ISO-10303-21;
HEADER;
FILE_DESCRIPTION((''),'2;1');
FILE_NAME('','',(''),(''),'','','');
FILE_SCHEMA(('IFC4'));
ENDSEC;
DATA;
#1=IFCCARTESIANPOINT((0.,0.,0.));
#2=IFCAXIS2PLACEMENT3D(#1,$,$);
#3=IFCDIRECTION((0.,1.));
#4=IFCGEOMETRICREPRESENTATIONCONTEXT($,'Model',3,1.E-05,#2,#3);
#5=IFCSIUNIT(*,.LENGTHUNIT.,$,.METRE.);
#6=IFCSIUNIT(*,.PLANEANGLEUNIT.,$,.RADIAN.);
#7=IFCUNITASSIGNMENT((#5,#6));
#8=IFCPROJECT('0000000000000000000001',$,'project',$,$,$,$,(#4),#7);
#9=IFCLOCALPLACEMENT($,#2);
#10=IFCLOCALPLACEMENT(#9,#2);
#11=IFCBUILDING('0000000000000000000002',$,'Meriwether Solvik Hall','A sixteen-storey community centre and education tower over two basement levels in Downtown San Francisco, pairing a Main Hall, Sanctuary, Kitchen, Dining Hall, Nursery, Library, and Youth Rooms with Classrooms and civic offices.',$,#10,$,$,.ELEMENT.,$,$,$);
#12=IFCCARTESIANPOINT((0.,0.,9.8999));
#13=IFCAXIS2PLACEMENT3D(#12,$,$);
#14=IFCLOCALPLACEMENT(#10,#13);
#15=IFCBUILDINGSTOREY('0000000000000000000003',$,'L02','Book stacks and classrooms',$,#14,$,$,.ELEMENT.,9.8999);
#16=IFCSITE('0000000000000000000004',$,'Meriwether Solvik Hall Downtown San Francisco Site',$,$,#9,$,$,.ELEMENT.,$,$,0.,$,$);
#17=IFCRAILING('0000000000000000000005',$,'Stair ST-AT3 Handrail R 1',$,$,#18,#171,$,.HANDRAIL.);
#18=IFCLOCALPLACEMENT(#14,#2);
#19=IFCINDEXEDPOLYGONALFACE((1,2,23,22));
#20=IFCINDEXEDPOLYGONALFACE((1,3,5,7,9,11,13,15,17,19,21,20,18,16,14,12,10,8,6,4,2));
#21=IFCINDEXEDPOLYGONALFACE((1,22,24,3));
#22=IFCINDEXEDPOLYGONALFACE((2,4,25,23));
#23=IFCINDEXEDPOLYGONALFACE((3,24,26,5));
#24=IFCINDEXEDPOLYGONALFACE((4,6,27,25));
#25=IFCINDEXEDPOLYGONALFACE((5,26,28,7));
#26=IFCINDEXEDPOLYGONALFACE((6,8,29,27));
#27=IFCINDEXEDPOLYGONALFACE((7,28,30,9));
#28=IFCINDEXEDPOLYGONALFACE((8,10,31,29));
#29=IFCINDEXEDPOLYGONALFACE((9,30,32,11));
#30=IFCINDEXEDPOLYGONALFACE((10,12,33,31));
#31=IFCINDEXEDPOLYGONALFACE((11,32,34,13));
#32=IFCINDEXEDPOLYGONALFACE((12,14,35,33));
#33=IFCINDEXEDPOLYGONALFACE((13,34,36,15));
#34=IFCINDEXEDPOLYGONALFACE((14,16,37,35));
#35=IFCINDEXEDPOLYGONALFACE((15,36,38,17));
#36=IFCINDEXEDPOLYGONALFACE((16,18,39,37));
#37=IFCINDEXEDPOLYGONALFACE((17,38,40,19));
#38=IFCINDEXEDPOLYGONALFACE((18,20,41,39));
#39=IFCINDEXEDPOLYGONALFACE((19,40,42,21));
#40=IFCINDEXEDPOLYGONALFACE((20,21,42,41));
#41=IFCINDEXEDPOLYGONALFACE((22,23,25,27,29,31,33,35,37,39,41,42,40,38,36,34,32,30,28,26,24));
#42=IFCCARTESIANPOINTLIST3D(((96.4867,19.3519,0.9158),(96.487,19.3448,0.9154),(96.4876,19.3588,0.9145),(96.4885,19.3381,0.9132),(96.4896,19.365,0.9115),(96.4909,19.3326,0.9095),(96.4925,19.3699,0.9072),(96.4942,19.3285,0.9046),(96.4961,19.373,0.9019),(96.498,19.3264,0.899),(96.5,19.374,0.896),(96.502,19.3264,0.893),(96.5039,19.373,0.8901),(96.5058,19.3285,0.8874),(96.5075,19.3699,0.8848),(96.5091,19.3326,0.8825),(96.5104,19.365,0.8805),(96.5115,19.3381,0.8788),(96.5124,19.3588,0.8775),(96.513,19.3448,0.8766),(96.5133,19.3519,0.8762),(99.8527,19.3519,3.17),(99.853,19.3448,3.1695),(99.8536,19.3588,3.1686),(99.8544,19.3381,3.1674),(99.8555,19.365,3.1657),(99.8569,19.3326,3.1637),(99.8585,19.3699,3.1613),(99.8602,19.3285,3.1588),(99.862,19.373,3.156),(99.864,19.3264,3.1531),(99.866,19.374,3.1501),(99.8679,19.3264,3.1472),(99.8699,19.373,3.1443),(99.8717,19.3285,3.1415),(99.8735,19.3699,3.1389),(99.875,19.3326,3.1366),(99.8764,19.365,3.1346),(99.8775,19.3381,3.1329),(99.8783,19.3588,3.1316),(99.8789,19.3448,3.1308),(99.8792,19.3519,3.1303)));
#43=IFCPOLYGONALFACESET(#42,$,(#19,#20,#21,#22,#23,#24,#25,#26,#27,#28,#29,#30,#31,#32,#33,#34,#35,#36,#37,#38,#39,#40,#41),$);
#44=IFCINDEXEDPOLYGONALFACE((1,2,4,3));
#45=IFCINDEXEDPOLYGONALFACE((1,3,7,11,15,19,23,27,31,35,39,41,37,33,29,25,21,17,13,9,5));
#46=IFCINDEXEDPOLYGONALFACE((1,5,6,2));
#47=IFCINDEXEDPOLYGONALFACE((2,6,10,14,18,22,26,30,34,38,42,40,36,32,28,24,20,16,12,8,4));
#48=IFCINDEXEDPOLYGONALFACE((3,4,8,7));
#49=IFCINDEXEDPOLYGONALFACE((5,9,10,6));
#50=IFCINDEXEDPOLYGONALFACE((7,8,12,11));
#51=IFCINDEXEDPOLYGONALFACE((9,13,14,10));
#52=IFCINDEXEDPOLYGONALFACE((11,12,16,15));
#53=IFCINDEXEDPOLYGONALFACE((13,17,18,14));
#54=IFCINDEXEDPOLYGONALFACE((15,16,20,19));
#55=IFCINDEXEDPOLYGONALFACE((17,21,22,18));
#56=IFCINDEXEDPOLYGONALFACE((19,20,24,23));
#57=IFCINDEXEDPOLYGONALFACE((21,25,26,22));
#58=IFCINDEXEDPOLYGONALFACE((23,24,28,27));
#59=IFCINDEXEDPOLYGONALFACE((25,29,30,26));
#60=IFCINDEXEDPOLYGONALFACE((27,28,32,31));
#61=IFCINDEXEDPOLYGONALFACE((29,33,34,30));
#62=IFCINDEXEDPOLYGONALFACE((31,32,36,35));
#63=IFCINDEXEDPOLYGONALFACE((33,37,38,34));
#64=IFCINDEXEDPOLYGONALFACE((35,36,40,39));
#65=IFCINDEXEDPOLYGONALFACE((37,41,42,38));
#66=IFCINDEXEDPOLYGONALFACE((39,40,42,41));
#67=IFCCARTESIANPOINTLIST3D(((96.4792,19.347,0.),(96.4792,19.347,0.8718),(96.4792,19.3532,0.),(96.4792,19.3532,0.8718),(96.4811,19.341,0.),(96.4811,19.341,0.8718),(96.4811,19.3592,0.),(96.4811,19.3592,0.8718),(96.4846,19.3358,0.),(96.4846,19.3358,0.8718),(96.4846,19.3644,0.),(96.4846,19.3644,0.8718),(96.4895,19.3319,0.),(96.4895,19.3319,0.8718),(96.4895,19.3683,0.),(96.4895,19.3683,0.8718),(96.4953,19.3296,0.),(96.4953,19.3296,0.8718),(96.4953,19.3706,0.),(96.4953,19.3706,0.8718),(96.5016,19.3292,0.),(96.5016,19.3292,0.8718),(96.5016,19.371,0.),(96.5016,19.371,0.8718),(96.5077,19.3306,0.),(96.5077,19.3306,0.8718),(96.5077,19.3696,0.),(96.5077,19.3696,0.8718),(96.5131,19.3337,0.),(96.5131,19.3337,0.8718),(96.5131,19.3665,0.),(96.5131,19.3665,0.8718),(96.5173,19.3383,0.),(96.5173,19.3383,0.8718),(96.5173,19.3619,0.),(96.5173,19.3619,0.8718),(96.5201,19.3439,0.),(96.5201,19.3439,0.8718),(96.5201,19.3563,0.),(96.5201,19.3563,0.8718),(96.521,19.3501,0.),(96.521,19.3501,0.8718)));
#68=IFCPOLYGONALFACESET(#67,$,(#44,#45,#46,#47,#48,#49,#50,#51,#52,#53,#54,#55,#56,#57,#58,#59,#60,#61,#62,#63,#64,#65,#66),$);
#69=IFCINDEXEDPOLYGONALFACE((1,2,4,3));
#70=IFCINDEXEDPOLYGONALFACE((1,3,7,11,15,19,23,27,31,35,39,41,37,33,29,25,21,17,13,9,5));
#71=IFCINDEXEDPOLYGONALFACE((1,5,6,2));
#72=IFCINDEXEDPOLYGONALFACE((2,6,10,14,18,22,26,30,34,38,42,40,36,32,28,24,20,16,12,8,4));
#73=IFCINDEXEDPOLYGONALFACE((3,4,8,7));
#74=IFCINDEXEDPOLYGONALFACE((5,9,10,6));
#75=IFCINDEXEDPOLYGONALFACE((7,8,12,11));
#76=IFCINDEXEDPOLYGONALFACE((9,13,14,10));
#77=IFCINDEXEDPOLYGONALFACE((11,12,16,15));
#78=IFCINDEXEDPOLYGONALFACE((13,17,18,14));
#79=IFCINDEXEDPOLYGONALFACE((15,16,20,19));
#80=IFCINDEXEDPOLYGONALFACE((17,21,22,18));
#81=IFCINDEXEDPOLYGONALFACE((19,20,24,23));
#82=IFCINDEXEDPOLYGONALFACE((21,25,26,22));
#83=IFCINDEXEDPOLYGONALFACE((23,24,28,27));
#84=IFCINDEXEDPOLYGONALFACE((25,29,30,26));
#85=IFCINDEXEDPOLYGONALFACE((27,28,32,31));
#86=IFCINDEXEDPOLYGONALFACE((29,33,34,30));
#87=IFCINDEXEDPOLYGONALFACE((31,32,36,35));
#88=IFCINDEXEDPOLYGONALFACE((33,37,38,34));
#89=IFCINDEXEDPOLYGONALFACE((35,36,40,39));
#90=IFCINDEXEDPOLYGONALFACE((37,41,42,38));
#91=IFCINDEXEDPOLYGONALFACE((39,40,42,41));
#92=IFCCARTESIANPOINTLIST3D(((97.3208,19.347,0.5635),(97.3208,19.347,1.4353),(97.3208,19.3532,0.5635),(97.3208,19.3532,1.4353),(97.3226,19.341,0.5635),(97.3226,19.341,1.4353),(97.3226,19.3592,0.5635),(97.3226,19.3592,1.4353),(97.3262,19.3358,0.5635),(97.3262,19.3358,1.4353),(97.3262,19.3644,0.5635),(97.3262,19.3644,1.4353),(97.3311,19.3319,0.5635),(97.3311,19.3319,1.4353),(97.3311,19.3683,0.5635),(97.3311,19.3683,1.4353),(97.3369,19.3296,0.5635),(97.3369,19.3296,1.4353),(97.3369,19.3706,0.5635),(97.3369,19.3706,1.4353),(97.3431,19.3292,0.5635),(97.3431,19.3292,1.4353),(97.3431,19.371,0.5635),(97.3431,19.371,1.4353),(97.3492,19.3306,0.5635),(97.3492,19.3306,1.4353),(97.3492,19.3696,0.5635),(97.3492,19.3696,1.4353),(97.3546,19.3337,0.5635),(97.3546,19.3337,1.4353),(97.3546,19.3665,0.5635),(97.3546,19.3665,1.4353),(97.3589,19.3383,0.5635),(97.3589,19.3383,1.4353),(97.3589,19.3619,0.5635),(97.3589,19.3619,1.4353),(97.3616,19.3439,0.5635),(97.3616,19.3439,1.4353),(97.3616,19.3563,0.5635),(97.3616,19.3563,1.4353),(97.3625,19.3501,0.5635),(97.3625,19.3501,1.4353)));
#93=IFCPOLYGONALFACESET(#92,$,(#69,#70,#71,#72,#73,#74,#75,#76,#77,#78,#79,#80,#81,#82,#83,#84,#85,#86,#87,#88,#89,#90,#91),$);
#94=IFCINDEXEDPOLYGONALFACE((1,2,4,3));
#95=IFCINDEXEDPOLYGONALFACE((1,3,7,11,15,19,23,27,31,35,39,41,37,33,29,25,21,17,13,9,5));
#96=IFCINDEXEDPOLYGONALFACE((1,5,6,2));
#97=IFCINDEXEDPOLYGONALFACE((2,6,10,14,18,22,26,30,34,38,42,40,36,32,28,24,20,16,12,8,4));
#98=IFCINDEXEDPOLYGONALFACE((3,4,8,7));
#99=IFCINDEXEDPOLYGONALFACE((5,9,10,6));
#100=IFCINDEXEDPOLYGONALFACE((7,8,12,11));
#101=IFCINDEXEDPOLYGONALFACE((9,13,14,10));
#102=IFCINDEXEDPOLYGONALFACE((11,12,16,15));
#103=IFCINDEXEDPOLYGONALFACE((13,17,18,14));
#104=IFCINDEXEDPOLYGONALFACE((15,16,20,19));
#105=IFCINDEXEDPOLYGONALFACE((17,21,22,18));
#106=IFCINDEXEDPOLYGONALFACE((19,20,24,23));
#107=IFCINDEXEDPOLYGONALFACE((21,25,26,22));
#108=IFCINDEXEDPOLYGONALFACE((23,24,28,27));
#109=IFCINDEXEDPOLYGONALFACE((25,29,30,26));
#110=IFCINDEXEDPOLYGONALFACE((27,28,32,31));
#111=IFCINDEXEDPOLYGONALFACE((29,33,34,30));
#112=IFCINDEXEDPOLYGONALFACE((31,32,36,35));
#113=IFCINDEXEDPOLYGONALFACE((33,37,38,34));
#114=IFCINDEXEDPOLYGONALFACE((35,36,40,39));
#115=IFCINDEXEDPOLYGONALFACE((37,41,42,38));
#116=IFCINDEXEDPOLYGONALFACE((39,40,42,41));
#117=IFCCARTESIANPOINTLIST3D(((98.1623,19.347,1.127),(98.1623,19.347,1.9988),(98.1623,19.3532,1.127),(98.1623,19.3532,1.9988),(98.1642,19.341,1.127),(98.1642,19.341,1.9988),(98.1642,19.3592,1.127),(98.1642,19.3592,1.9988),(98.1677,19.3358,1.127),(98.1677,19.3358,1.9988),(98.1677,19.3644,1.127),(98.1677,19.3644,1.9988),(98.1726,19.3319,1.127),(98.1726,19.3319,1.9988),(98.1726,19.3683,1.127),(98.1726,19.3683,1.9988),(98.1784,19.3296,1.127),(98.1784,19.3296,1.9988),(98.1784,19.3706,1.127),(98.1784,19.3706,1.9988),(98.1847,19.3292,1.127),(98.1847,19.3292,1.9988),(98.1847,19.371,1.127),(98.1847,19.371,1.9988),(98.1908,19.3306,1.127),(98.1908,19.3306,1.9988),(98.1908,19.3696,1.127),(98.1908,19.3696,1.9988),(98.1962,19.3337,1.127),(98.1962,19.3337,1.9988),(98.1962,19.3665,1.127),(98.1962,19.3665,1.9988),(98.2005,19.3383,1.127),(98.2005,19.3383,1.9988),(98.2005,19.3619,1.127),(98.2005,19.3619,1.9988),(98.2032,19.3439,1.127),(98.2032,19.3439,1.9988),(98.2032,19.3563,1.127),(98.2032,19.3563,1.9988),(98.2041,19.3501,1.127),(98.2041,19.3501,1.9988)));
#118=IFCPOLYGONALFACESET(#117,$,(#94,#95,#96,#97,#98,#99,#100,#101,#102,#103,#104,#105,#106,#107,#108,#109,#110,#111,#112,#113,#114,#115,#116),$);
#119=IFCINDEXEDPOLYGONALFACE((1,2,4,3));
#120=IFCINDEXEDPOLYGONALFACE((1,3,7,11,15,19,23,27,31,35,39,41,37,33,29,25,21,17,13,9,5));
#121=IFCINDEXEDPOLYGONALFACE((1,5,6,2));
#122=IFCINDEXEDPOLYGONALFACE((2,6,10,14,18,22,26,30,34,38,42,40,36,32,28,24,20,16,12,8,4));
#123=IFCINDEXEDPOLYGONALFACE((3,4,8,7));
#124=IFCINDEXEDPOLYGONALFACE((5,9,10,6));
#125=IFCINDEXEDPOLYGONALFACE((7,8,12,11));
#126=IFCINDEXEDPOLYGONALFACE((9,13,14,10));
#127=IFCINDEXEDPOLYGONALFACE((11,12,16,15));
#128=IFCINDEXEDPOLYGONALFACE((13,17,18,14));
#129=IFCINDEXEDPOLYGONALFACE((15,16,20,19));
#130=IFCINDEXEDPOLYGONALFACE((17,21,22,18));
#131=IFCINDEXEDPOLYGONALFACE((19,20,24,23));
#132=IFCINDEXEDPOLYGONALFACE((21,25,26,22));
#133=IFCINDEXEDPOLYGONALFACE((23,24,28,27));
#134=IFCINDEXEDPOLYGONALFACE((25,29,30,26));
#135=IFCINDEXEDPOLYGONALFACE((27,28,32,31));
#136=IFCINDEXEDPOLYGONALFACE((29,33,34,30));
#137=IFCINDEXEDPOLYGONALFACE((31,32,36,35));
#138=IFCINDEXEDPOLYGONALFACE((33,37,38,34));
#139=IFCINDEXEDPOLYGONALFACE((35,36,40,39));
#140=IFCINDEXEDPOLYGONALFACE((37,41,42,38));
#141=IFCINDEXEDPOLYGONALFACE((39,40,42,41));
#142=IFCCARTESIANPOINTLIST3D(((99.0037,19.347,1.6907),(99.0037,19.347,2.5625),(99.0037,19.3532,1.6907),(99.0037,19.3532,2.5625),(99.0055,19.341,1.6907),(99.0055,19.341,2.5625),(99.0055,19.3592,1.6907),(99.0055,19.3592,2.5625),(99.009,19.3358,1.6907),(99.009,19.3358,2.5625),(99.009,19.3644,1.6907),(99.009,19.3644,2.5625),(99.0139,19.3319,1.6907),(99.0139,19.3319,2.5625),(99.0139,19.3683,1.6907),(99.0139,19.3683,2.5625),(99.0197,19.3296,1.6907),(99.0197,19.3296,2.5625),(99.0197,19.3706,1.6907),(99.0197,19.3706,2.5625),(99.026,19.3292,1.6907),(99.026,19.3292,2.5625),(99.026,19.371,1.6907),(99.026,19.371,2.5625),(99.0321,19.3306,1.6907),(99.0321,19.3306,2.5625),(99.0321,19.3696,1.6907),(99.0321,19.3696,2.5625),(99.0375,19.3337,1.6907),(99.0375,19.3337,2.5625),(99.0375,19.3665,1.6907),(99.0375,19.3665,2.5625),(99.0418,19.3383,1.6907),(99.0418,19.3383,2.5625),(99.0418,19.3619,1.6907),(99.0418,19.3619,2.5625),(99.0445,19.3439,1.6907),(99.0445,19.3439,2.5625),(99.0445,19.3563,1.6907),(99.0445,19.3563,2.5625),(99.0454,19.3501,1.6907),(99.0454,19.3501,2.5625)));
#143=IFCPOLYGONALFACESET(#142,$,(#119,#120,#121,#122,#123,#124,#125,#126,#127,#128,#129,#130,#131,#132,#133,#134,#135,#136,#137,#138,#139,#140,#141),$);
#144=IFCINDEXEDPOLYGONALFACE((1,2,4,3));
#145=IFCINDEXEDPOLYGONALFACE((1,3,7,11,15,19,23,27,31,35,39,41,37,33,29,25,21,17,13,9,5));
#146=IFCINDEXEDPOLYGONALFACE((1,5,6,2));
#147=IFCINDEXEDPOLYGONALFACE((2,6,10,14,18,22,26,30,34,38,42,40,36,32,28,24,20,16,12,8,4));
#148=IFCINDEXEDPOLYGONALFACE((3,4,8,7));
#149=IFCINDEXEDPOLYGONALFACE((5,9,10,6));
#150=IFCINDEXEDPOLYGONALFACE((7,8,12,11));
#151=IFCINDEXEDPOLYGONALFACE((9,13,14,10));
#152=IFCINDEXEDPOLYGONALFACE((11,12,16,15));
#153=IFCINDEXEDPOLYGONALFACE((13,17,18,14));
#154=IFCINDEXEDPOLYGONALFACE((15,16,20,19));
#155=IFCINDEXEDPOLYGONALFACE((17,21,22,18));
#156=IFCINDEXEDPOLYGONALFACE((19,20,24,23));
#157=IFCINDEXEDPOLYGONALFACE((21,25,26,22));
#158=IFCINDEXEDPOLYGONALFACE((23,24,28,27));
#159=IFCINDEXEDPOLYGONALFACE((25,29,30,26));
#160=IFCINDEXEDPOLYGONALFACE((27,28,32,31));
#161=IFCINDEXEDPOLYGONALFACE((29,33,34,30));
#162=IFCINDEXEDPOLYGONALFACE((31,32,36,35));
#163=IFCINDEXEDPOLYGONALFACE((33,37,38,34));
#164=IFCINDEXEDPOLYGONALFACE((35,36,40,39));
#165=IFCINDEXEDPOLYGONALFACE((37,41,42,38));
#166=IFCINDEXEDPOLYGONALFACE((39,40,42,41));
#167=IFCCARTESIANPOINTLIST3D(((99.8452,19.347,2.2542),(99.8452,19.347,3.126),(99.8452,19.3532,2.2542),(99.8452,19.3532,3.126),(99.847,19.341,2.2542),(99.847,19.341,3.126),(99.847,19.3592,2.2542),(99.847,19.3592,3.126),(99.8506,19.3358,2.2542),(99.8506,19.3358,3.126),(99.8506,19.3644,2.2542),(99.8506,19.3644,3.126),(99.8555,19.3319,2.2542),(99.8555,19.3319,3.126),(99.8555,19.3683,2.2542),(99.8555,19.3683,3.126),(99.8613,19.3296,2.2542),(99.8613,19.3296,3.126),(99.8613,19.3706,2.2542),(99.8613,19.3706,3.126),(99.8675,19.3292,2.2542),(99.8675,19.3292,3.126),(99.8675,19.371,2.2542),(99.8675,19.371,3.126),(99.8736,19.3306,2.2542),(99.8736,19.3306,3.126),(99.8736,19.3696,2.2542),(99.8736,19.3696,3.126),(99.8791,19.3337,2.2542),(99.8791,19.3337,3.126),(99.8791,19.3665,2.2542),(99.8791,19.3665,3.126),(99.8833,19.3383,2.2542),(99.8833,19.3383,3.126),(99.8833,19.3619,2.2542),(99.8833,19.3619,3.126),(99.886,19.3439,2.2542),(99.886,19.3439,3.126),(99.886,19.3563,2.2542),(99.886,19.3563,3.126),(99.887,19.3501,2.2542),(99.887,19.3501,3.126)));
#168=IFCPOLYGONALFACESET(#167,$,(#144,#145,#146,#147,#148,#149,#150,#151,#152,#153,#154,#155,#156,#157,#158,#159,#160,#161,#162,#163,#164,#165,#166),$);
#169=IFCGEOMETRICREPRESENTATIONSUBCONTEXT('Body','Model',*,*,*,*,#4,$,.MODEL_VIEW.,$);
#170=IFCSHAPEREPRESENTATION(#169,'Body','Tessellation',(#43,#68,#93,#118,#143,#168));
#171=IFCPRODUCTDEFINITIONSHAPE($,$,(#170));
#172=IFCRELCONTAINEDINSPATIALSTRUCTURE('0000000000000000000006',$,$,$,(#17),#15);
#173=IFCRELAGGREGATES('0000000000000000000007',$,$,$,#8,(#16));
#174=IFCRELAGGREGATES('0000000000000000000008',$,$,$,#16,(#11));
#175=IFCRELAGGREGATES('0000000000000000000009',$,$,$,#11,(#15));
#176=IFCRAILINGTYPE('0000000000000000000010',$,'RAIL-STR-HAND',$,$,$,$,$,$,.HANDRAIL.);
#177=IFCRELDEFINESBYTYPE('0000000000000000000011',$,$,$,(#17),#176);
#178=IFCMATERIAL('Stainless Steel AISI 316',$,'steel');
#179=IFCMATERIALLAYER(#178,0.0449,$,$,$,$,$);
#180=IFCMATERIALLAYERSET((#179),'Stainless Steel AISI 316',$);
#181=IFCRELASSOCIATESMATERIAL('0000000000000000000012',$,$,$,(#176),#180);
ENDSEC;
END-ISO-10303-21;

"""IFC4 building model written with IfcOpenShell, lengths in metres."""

from ifc_helpers import new_model, si_unit, direction, frame, origin, origin_2d, place, context, subcontext, project, spatial, circle, extrude, material, layer, layer_set, type_object, element, save


model = new_model("IFC4")

# Units and contexts
model_context = context("Model", 3, precision=1e-05, world=origin(), true_north=direction((0.0, 1.0)))
body_context = subcontext(model_context, "Body", "Model", "MODEL_VIEW")
ifc_project = project(units=[si_unit("LENGTHUNIT", "METRE"), si_unit("PLANEANGLEUNIT", "RADIAN")], contexts=[model_context])

# Site, building, storey
site_placement = place(None, origin())
site = spatial("IfcSite", under=ifc_project, at=site_placement, Name="Meriwether Solvik Hall Downtown San Francisco Site", CompositionType="ELEMENT", RefElevation=0.0)
building_placement = place(site_placement, origin())
building = spatial("IfcBuilding", under=site, at=building_placement, Name="Meriwether Solvik Hall", Description="A sixteen-storey community centre and education tower over two basement levels in Downtown San Francisco, pairing a Main Hall, Sanctuary, Kitchen, Dining Hall, Nursery, Library, and Youth Rooms with Classrooms and civic offices.", CompositionType="ELEMENT")
storey_placement = place(building_placement, frame((0.0, 0.0, 9.8999)))
storey = spatial("IfcBuildingStorey", under=building, at=storey_placement, Name="L02", Description="Book stacks and classrooms", CompositionType="ELEMENT", Elevation=9.8999)

# Railing
ifc_material_1 = material(Name="Stainless Steel AISI 316", Category="steel")
ifc_layer_1 = layer(ifc_material_1, 0.0449)
ifc_layer_set_1 = layer_set([ifc_layer_1], Name="Stainless Steel AISI 316")
railing_type_1 = type_object("IfcRailingType", Name="RAIL-STR-HAND", PredefinedType="HANDRAIL", material=ifc_layer_set_1)
railing_1_placement = place(storey_placement, frame((96.5, 19.3501, 0.0)))
element("IfcRailing", 1, at=railing_1_placement, inside=storey, type_object=railing_type_1, Name="Stair ST-AT3 Handrail R 1", PredefinedType="HANDRAIL", context=body_context, shape_type="SweptSolid", body=[
    extrude(circle(Radius=0.0239, at=origin_2d()), frame((0.0, 0.0, 0.896), z_axis=(0.83089, 0.0, 0.556437), x_axis=(0.0, 1.0, 0.0)), (0.0, 0.0, 1.0), 4.051),
    extrude(circle(Radius=0.021, at=origin_2d()), origin(), (0.0, 0.0, 1.0), 0.8718),
    extrude(circle(Radius=0.021, at=origin_2d()), frame((0.8416, 0.0, 0.5635)), (0.0, 0.0, 1.0), 0.8718),
    extrude(circle(Radius=0.021, at=origin_2d()), frame((1.6831, 0.0, 1.127)), (0.0, 0.0, 1.0), 0.8718),
    extrude(circle(Radius=0.021, at=origin_2d()), frame((2.5244, 0.0, 1.6907)), (0.0, 0.0, 1.0), 0.8718),
    extrude(circle(Radius=0.021, at=origin_2d()), frame((3.366, 0.0, 2.2542)), (0.0, 0.0, 1.0), 0.8718),
])

save(model, "model.ifc")
